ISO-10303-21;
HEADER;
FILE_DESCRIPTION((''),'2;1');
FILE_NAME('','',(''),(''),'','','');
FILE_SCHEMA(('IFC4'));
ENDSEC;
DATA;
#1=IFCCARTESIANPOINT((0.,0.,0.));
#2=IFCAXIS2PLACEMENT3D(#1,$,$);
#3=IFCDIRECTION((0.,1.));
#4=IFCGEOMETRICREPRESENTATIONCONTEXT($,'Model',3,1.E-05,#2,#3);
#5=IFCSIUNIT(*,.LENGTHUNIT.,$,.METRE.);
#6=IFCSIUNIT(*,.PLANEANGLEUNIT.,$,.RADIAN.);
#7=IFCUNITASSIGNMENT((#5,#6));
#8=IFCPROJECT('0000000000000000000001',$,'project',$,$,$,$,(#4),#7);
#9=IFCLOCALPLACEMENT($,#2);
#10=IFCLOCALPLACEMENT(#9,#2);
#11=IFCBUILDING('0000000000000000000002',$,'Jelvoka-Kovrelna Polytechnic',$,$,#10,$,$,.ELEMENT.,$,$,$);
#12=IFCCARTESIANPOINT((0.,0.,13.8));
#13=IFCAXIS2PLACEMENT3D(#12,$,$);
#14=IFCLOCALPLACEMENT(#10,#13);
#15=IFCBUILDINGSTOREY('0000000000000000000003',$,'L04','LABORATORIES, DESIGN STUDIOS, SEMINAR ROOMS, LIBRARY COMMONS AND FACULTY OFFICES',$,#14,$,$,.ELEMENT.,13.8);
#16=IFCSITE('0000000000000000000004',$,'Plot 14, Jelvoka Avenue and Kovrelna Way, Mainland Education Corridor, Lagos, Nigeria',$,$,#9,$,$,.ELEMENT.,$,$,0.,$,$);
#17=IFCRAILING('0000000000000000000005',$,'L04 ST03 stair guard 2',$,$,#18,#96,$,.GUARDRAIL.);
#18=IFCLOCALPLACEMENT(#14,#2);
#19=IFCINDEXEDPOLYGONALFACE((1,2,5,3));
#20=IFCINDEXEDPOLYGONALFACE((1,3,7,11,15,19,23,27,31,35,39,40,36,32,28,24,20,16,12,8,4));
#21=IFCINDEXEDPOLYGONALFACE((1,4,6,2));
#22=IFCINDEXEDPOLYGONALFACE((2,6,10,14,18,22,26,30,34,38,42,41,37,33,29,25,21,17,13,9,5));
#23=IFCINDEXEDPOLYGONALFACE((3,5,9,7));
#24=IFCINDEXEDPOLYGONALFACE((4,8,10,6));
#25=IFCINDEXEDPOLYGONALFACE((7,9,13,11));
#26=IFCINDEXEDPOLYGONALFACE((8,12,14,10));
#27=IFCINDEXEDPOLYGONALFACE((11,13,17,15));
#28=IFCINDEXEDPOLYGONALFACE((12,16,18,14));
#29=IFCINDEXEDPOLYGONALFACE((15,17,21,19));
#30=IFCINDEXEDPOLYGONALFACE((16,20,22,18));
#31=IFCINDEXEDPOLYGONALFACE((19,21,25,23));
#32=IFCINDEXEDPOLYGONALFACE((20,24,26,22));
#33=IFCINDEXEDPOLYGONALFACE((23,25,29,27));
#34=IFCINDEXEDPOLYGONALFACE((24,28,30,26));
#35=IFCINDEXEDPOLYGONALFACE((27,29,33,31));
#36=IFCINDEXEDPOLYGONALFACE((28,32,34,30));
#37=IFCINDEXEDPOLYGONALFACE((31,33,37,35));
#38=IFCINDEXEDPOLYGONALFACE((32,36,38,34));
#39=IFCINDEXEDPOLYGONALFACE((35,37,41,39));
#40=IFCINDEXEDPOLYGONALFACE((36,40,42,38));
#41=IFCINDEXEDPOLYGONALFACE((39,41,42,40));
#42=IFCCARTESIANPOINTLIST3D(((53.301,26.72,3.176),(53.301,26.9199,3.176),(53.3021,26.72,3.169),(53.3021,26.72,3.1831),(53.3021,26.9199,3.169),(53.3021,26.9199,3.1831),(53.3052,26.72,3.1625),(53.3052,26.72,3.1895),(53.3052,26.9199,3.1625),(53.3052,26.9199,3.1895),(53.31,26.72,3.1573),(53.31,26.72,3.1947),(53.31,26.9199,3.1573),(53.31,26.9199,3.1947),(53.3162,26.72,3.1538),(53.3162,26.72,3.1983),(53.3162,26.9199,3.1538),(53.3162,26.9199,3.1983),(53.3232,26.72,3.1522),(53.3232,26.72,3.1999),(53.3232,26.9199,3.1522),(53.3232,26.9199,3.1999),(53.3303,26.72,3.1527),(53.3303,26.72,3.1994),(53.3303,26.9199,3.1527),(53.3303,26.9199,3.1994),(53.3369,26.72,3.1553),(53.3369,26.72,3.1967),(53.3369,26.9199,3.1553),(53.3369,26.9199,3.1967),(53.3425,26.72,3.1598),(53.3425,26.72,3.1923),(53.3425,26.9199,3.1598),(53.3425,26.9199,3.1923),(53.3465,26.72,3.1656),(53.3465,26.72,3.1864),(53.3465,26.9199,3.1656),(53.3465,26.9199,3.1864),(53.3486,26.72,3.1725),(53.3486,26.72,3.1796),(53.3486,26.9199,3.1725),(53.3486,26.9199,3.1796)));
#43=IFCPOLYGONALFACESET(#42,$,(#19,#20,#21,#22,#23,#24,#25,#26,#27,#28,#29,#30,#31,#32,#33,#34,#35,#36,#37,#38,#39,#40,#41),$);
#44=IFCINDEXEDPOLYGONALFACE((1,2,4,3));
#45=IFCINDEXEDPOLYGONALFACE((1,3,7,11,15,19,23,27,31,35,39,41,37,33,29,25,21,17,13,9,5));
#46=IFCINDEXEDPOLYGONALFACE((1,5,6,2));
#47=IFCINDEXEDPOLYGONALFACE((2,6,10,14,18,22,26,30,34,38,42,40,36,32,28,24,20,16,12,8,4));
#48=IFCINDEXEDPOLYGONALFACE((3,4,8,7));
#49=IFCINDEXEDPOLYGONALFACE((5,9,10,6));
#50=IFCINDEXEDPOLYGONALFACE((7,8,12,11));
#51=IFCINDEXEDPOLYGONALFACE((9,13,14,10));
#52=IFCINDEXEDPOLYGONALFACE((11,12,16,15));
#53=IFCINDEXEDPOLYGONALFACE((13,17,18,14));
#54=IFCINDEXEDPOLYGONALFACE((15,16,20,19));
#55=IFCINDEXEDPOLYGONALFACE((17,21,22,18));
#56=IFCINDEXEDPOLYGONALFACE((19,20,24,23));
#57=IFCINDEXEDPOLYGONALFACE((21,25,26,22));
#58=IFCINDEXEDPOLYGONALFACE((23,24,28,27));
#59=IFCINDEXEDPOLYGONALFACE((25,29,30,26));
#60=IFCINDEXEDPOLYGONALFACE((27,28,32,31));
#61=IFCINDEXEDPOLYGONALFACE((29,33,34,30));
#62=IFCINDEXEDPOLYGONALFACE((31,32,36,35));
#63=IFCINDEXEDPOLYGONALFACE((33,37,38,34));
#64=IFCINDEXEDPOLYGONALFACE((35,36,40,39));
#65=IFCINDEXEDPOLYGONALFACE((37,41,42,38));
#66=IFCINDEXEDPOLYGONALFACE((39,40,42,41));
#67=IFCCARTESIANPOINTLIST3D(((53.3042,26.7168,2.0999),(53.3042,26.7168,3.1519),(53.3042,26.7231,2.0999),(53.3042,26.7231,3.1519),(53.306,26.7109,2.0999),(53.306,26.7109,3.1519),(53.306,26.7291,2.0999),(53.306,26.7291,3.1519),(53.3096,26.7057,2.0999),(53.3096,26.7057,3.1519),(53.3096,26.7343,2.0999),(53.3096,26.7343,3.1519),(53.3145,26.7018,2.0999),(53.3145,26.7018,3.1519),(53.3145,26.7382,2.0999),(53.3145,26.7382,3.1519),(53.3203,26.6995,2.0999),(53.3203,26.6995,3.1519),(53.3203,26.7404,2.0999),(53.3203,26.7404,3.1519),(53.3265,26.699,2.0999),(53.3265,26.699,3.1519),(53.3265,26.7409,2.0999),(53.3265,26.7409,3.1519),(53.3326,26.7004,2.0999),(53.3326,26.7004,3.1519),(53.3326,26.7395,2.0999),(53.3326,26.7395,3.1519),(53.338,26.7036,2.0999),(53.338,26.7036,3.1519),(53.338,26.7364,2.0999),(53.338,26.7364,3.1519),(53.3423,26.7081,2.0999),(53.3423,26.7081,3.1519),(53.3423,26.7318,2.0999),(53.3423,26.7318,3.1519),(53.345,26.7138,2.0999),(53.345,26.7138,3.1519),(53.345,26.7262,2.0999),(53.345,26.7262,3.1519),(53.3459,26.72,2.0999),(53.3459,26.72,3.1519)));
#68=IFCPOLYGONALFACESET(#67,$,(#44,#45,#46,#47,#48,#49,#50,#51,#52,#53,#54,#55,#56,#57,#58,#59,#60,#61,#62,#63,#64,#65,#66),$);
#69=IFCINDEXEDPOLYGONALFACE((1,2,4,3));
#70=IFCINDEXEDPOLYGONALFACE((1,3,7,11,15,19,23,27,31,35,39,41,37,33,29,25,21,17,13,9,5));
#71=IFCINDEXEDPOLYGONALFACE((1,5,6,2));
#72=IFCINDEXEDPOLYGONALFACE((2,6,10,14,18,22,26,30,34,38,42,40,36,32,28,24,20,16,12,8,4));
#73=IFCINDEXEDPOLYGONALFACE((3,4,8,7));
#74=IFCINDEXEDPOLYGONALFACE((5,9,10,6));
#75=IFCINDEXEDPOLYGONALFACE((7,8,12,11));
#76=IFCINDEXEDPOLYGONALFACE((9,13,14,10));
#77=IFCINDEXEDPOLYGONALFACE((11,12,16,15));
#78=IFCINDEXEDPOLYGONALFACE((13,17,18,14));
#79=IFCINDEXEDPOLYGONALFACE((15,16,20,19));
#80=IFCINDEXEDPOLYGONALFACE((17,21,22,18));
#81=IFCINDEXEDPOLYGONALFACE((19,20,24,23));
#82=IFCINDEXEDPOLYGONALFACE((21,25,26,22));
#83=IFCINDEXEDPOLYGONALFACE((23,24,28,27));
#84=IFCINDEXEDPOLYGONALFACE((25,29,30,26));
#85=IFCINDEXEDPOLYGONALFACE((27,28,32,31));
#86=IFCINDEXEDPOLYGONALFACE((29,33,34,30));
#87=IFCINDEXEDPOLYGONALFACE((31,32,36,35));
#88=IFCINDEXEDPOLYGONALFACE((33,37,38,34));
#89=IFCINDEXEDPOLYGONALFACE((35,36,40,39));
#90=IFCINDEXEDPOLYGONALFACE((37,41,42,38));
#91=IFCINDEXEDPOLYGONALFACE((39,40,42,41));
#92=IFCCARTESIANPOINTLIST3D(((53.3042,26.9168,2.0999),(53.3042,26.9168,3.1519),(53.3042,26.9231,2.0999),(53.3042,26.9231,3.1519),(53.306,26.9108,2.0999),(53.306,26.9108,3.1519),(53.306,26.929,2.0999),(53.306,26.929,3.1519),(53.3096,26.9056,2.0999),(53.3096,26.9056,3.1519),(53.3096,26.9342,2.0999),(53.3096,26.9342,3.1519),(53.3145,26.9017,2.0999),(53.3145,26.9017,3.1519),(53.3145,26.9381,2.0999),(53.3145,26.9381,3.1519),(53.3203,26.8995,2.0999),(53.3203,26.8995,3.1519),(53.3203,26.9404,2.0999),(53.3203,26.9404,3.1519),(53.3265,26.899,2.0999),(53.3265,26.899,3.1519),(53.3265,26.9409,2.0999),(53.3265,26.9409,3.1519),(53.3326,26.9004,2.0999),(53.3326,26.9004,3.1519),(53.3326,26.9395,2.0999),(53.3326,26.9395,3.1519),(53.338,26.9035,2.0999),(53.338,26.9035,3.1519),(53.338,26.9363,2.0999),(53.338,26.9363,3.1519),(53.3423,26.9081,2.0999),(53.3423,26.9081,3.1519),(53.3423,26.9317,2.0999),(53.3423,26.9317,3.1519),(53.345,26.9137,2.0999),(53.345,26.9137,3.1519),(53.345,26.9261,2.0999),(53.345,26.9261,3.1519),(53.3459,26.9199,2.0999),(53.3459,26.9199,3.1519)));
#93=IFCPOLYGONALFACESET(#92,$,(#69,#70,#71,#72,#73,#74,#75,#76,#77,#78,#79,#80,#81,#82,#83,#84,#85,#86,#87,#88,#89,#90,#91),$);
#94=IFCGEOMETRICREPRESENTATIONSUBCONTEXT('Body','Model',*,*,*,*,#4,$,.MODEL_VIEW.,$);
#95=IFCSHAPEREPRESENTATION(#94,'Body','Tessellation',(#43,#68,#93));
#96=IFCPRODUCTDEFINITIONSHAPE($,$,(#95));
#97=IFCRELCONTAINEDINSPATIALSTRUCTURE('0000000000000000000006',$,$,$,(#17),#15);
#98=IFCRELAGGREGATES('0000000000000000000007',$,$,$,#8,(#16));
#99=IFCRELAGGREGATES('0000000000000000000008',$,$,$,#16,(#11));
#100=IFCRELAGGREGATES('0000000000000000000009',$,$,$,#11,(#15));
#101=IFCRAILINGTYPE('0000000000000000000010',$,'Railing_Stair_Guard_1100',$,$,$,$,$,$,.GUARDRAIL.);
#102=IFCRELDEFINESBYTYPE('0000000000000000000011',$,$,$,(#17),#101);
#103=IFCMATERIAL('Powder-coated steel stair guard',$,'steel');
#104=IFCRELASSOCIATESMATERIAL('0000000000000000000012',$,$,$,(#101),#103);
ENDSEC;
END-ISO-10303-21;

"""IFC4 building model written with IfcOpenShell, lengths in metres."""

from ifc_helpers import new_model, si_unit, direction, frame, origin, origin_2d, place, context, subcontext, project, spatial, circle, extrude, material, type_object, element, save


model = new_model("IFC4")

# Units and contexts
model_context = context("Model", 3, precision=1e-05, world=origin(), true_north=direction((0.0, 1.0)))
body_context = subcontext(model_context, "Body", "Model", "MODEL_VIEW")
ifc_project = project(units=[si_unit("LENGTHUNIT", "METRE"), si_unit("PLANEANGLEUNIT", "RADIAN")], contexts=[model_context])

# Site, building, storey
site_placement = place(None, origin())
site = spatial("IfcSite", under=ifc_project, at=site_placement, Name="Plot 14, Jelvoka Avenue and Kovrelna Way, Mainland Education Corridor, Lagos, Nigeria", CompositionType="ELEMENT", RefElevation=0.0)
building_placement = place(site_placement, origin())
building = spatial("IfcBuilding", under=site, at=building_placement, Name="Jelvoka-Kovrelna Polytechnic", CompositionType="ELEMENT")
storey_placement = place(building_placement, frame((0.0, 0.0, 13.8)))
storey = spatial("IfcBuildingStorey", under=building, at=storey_placement, Name="L04", Description="LABORATORIES, DESIGN STUDIOS, SEMINAR ROOMS, LIBRARY COMMONS AND FACULTY OFFICES", CompositionType="ELEMENT", Elevation=13.8)

# Railing
ifc_material_1 = material(Name="Powder-coated steel stair guard", Category="steel")
railing_type_1 = type_object("IfcRailingType", Name="Railing_Stair_Guard_1100", PredefinedType="GUARDRAIL", material=ifc_material_1)
railing_1_placement = place(storey_placement, frame((53.325, 26.72, 2.0999)))
element("IfcRailing", 1, at=railing_1_placement, inside=storey, type_object=railing_type_1, Name="L04 ST03 stair guard 2", PredefinedType="GUARDRAIL", context=body_context, shape_type="SweptSolid", body=[
    extrude(circle(Radius=0.0239, at=origin_2d()), frame((0.0, 0.0, 1.0762), z_axis=(0.0, 1.0, 0.0), x_axis=(-1.0, 0.0, 0.0)), (0.0, 0.0, 1.0), 0.2),
    extrude(circle(Radius=0.021, at=origin_2d()), origin(), (0.0, 0.0, 1.0), 1.052),
    extrude(circle(Radius=0.021, at=origin_2d()), frame((0.0, 0.2, 0.0)), (0.0, 0.0, 1.0), 1.052),
])

save(model, "model.ifc")
